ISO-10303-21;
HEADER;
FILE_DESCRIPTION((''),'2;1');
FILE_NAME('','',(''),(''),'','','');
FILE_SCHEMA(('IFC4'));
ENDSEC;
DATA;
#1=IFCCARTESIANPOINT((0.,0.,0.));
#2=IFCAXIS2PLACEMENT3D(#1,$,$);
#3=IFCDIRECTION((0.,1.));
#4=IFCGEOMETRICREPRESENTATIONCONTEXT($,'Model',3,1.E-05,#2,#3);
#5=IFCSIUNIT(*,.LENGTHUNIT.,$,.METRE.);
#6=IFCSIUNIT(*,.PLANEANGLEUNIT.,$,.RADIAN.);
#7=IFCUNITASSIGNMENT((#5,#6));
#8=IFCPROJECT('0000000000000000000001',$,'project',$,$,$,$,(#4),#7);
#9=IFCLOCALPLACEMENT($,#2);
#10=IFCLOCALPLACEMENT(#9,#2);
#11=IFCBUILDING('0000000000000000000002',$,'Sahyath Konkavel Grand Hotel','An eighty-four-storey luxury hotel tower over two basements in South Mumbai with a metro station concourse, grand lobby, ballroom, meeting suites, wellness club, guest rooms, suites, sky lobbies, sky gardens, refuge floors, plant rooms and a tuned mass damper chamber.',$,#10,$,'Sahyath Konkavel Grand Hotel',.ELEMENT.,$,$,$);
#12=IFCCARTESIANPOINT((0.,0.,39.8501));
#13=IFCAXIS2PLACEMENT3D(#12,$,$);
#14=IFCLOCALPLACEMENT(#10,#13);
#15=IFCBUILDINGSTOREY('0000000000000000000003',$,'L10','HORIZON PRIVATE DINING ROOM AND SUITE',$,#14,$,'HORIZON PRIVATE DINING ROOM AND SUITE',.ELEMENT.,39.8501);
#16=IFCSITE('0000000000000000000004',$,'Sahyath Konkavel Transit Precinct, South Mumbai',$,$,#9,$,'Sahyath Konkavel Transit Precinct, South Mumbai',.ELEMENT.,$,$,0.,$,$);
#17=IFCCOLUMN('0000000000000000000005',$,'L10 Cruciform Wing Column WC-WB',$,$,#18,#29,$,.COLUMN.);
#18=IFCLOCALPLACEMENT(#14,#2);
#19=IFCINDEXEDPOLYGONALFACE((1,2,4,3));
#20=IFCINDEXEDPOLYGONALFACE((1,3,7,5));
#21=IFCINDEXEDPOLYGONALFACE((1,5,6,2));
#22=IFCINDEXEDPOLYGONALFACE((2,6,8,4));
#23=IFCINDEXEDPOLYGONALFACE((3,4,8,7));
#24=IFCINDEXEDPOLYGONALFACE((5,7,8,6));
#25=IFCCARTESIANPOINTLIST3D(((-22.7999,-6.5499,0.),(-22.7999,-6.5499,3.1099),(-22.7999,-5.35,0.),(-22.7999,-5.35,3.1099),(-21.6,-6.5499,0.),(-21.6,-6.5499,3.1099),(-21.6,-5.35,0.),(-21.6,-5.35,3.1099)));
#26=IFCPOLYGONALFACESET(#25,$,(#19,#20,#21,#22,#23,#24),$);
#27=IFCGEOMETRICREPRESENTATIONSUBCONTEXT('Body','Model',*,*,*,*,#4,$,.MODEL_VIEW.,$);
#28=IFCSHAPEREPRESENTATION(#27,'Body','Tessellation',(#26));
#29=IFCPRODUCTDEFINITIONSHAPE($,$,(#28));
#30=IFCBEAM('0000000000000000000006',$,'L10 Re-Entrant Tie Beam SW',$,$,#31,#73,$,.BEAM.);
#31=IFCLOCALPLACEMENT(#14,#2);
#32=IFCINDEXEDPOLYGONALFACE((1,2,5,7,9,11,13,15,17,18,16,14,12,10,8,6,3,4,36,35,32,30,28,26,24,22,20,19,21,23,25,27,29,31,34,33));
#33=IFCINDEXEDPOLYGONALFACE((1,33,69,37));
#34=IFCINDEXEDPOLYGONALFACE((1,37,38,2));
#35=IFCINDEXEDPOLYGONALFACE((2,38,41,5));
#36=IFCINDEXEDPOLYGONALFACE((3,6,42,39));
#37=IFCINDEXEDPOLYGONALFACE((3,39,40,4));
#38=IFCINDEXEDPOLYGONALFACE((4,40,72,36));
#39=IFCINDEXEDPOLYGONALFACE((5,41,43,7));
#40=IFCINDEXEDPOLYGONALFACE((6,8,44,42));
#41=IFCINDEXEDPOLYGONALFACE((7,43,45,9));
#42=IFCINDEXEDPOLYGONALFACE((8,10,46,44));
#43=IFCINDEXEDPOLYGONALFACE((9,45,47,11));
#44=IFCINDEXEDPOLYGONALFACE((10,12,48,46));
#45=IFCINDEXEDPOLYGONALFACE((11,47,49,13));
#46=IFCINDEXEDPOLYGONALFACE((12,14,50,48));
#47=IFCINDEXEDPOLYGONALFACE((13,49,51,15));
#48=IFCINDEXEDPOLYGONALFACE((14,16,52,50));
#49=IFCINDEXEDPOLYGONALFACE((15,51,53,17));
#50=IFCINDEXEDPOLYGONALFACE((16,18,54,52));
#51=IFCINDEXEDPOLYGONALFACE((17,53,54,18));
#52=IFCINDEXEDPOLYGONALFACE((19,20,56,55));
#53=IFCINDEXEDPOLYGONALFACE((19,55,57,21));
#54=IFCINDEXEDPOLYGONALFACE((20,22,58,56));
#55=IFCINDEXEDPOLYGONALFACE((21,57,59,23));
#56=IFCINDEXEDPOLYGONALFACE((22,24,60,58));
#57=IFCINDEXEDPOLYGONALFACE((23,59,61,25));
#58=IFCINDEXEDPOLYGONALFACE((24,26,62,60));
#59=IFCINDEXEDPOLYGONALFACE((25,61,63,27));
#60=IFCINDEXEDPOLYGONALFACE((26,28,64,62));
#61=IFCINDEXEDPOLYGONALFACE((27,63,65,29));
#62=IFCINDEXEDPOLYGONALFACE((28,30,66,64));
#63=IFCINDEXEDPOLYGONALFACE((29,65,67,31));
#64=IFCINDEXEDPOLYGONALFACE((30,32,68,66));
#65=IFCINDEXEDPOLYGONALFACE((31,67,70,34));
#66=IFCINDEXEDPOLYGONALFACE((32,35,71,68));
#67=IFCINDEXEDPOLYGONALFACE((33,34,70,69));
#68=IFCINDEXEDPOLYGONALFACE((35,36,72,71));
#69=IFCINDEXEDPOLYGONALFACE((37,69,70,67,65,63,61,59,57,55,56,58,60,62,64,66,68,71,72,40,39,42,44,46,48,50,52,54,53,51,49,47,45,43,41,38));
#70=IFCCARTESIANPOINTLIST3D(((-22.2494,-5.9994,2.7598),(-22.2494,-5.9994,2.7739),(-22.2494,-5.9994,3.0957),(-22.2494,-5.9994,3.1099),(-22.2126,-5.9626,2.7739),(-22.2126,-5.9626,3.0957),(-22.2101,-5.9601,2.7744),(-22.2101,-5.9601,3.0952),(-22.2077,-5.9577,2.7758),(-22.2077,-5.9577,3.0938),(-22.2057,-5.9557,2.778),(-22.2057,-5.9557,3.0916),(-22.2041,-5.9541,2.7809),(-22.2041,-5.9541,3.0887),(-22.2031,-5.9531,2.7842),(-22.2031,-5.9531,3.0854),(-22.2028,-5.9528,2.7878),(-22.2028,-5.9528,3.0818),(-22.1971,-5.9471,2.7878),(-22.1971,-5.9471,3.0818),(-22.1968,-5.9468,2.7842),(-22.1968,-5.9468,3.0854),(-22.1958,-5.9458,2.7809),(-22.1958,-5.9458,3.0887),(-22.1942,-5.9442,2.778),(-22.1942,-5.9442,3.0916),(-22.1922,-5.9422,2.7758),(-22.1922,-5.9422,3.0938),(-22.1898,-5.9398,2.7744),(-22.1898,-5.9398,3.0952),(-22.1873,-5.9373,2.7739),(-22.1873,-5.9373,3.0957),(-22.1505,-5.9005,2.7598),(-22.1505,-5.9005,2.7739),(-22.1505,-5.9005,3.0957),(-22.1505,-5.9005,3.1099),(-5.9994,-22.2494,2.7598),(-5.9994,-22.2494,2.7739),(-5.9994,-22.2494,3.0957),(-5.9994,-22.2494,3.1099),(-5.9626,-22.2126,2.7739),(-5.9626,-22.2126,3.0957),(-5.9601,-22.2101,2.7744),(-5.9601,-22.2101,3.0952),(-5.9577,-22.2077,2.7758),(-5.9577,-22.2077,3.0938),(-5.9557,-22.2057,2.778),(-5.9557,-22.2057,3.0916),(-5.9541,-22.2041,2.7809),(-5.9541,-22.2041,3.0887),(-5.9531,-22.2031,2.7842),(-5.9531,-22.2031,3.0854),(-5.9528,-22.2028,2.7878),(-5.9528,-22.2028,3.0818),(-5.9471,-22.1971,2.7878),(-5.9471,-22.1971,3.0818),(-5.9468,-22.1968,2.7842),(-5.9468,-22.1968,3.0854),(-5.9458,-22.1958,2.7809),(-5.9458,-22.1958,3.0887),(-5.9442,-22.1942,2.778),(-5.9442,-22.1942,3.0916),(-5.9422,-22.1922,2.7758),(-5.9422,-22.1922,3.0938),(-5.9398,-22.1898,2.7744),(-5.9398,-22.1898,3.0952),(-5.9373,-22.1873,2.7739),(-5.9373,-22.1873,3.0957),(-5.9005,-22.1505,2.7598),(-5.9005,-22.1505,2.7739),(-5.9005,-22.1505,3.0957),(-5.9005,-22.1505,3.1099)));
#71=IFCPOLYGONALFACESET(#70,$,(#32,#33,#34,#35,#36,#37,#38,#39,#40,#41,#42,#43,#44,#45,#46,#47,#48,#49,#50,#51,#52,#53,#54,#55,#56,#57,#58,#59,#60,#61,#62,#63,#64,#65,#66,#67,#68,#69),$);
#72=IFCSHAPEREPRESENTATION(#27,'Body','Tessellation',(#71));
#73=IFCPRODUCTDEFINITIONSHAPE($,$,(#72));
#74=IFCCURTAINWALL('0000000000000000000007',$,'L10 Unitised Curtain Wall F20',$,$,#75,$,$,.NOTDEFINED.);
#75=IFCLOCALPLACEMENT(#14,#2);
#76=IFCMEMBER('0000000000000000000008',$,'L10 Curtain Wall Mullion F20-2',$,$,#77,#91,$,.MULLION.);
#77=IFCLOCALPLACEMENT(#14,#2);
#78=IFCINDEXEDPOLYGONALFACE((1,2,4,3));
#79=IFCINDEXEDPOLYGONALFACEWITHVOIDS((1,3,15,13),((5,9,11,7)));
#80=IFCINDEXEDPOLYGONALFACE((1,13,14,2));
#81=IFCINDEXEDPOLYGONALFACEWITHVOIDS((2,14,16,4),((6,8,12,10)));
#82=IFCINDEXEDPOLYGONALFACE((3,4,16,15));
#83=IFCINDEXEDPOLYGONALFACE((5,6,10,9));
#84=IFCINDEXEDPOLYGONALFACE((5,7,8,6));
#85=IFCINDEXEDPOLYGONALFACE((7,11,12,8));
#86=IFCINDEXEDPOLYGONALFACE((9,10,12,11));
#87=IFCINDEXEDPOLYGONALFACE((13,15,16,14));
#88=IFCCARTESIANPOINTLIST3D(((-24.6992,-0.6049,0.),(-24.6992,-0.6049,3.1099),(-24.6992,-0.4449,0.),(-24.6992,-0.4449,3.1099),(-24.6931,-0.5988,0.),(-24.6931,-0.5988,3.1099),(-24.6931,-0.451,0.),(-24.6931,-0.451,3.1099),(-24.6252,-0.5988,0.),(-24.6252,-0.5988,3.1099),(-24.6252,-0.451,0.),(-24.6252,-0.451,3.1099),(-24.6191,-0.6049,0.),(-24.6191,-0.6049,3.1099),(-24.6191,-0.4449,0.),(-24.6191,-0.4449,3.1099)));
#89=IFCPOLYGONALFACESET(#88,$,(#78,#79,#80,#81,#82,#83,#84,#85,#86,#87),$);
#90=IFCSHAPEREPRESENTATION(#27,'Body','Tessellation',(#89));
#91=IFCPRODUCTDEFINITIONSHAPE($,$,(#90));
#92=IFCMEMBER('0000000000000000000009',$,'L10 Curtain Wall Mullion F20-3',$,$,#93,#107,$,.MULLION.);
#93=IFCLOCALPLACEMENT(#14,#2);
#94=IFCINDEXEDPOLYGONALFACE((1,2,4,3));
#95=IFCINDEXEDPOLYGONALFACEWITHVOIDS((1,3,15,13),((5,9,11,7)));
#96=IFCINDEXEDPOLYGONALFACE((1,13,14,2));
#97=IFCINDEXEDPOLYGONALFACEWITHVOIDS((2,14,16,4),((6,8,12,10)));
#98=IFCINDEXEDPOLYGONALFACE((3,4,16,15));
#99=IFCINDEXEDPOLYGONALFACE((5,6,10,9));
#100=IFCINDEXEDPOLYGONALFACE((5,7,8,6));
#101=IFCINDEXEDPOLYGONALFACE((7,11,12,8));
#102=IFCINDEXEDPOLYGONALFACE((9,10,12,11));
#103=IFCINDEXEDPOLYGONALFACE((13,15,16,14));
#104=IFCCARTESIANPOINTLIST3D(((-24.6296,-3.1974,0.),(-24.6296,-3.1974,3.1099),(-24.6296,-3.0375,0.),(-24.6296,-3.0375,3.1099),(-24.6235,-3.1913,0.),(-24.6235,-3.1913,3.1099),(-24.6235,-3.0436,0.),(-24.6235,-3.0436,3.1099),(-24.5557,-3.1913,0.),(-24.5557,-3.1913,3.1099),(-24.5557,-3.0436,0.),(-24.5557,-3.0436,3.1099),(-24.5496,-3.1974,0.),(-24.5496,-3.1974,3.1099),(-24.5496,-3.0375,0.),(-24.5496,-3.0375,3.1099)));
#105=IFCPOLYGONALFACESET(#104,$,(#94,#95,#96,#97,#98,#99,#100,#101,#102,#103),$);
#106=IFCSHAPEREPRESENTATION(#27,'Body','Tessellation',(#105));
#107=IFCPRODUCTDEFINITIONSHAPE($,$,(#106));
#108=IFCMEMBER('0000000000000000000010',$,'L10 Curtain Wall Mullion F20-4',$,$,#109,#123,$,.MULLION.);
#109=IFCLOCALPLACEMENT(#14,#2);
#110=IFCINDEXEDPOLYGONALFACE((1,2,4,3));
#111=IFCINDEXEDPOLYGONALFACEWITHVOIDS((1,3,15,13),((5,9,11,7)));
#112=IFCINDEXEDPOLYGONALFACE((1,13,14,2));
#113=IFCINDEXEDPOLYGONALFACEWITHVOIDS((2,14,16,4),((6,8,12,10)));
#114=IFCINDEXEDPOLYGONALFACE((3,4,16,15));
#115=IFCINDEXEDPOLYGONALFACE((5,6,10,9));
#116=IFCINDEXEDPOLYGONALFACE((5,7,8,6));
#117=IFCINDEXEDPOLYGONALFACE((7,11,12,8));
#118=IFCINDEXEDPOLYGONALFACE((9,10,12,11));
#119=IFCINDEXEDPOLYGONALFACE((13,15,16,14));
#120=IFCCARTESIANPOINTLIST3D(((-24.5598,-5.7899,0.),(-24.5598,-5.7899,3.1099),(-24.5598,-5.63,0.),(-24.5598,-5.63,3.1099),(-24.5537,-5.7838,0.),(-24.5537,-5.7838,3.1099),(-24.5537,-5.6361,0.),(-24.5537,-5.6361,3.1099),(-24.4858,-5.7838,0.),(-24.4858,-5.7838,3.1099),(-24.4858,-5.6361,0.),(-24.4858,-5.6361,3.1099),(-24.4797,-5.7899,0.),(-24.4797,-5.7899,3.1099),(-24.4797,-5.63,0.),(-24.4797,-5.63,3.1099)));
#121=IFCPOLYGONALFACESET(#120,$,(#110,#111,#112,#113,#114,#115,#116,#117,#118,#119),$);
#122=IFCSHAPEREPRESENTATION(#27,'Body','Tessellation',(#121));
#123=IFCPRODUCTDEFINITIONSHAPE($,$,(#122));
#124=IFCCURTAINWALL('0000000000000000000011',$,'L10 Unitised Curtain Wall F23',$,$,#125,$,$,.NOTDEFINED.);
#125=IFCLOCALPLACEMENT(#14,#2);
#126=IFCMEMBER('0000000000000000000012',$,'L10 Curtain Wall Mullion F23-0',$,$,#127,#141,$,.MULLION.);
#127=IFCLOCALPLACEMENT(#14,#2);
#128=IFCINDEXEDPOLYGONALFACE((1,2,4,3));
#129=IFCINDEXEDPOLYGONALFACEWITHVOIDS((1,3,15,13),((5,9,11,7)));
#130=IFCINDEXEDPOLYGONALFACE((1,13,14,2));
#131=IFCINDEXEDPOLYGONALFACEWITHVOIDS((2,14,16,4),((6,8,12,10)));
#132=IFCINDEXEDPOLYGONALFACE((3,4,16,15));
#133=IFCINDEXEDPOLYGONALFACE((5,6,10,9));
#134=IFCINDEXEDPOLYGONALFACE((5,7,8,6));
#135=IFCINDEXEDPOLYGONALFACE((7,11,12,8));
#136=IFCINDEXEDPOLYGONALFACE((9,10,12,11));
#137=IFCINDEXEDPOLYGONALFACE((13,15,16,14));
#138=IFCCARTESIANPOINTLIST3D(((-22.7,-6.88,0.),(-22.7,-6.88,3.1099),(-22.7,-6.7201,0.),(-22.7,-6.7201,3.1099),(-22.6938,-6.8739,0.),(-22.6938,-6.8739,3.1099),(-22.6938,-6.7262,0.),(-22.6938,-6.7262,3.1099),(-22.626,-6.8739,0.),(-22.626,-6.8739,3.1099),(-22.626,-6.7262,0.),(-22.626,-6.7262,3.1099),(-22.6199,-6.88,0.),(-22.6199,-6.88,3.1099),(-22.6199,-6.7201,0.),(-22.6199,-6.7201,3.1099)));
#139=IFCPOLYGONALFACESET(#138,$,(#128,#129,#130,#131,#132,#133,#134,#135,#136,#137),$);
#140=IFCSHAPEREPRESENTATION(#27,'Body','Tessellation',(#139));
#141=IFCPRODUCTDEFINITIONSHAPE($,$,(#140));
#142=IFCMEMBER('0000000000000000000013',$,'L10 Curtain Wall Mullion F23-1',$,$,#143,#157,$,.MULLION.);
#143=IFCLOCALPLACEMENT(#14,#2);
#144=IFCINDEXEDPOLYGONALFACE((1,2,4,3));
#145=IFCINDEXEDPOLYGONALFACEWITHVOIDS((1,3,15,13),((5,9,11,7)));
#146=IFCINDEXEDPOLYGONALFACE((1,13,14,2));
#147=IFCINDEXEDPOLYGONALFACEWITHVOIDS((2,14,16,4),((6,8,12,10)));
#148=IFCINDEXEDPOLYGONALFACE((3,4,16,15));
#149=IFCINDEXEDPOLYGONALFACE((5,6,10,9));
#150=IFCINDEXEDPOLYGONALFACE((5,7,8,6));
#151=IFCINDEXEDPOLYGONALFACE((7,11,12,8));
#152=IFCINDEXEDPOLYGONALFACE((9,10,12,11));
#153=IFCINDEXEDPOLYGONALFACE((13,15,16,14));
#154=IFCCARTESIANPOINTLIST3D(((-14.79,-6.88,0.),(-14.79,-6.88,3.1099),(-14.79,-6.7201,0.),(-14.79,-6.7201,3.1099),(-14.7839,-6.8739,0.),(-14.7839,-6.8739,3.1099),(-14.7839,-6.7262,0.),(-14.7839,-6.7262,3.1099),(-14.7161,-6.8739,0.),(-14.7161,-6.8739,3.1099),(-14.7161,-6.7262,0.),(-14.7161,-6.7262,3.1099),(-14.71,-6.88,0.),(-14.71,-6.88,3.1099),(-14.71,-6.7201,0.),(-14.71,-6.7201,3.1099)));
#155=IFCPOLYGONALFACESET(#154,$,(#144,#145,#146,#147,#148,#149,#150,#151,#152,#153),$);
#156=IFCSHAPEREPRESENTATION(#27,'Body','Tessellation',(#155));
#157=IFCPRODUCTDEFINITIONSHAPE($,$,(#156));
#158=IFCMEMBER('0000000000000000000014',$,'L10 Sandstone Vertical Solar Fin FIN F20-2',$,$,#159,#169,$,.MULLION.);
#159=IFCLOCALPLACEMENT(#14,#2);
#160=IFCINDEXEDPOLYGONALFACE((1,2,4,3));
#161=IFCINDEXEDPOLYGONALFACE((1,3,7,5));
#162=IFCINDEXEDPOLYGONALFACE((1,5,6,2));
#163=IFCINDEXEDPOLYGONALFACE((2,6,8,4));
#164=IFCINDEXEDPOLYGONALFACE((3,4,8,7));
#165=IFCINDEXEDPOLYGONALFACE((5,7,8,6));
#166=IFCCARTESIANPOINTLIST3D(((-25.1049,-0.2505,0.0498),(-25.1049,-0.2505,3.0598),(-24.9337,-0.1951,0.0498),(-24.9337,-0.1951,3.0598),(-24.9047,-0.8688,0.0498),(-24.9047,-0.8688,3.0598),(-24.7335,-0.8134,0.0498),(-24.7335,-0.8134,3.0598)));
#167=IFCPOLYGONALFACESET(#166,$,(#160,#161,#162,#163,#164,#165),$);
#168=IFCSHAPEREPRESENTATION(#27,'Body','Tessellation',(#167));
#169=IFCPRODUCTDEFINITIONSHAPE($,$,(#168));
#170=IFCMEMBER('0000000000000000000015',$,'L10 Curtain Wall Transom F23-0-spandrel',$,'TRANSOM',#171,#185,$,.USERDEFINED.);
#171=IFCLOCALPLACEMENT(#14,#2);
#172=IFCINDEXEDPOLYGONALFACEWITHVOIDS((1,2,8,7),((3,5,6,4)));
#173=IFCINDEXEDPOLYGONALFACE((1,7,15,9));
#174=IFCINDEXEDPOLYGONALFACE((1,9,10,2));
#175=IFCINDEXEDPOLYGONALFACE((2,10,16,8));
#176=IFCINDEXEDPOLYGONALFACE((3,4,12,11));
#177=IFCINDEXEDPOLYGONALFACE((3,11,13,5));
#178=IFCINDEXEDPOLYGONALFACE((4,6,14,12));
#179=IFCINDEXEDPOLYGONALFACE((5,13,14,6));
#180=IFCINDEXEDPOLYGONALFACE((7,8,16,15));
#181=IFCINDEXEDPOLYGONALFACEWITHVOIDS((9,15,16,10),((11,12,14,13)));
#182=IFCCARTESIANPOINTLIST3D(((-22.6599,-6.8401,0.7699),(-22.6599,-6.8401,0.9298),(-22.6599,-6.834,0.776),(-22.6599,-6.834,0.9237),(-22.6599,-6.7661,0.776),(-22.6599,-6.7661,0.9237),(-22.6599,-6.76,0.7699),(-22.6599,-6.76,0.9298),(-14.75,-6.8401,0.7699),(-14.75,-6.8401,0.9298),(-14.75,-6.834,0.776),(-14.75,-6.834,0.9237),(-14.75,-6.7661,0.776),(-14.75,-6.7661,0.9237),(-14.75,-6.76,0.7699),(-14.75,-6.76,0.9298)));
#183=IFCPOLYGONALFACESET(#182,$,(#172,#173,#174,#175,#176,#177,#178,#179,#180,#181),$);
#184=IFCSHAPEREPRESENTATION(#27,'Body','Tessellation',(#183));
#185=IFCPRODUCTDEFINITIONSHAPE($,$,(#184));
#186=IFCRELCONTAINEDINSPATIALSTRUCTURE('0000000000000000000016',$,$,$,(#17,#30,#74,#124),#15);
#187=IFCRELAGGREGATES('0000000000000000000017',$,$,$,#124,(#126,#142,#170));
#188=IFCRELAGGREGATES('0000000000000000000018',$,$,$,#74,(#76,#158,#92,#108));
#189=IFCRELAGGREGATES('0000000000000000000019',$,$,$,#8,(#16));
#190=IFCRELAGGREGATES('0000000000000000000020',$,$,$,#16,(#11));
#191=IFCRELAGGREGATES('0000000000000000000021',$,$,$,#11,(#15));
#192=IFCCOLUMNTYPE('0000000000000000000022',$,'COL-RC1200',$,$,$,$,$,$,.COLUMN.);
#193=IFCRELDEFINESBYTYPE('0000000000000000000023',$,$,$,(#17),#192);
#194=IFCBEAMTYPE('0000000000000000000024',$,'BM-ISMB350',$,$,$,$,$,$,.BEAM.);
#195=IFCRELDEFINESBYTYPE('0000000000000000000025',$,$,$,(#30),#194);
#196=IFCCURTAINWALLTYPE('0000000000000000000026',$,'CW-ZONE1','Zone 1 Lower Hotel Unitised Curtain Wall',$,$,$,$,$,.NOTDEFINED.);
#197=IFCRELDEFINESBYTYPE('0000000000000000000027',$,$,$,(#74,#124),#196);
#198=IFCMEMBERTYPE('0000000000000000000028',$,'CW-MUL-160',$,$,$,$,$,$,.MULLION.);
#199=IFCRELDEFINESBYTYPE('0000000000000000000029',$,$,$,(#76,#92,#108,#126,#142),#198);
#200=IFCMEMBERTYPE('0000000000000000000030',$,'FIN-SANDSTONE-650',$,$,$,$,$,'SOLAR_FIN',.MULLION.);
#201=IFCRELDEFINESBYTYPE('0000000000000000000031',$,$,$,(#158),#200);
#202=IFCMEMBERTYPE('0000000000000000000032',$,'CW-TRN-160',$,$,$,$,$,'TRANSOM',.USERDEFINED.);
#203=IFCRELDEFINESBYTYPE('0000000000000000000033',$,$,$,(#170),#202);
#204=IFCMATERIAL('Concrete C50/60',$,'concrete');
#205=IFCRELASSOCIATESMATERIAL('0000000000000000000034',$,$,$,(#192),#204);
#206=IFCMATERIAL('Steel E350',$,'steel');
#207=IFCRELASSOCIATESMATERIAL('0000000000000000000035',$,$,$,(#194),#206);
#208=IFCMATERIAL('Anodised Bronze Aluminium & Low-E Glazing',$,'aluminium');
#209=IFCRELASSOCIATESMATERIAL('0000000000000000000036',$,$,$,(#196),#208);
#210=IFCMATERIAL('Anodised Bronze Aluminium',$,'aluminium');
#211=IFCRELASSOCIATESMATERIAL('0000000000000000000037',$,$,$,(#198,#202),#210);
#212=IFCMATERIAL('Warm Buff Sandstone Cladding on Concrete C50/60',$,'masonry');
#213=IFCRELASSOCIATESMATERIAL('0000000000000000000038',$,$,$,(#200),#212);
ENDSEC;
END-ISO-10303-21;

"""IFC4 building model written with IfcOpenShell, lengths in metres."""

from ifc_helpers import new_model, si_unit, direction, frame, origin, origin_2d, place, context, subcontext, project, spatial, rectangle, hollow_rectangle, i_section, extrude, source, transform, mapped, material, material_profile, profile_set, type_object, element, aggregate, save


model = new_model("IFC4")

# Units and contexts
model_context = context("Model", 3, precision=1e-05, world=origin(), true_north=direction((0.0, 1.0)))
body_context = subcontext(model_context, "Body", "Model", "MODEL_VIEW")
ifc_project = project(units=[si_unit("LENGTHUNIT", "METRE"), si_unit("PLANEANGLEUNIT", "RADIAN")], contexts=[model_context])

# Site, building, storey
site_placement = place(None, origin())
site = spatial("IfcSite", under=ifc_project, at=site_placement, Name="Sahyath Konkavel Transit Precinct, South Mumbai", LongName="Sahyath Konkavel Transit Precinct, South Mumbai", CompositionType="ELEMENT", RefElevation=0.0)
building_placement = place(site_placement, origin())
building = spatial("IfcBuilding", under=site, at=building_placement, Name="Sahyath Konkavel Grand Hotel", Description="An eighty-four-storey luxury hotel tower over two basements in South Mumbai with a metro station concourse, grand lobby, ballroom, meeting suites, wellness club, guest rooms, suites, sky lobbies, sky gardens, refuge floors, plant rooms and a tuned mass damper chamber.", LongName="Sahyath Konkavel Grand Hotel", CompositionType="ELEMENT")
storey_placement = place(building_placement, frame((0.0, 0.0, 39.8501)))
storey = spatial("IfcBuildingStorey", under=building, at=storey_placement, Name="L10", Description="HORIZON PRIVATE DINING ROOM AND SUITE", LongName="HORIZON PRIVATE DINING ROOM AND SUITE", CompositionType="ELEMENT", Elevation=39.8501)

# Column
ifc_material_1 = material(Name="Concrete C50/60", Category="concrete")
ifc_material_profile_1 = material_profile(ifc_material_1, rectangle(XDim=1.2, YDim=1.2, at=origin_2d()), Name="RC 1200x1200")
ifc_profile_set_1 = profile_set([ifc_material_profile_1], Name="Concrete C50/60")
column_type = type_object("IfcColumnType", Name="COL-RC1200", PredefinedType="COLUMN", material=ifc_profile_set_1)
shared_shape_1 = source(origin(), body_context, "Body", "SweptSolid", [
    extrude(rectangle(XDim=1.2, YDim=1.2, at=origin_2d()), origin(), (0.0, 0.0, 1.0), 3.1099),
])
column_placement = place(storey_placement, frame((-22.2, -5.95, 0.0), z_axis=(0.0, 0.0, 1.0), x_axis=(1.0, 0.0, 0.0)))
element("IfcColumn", 1, at=column_placement, inside=storey, type_object=column_type, Name="L10 Cruciform Wing Column WC-WB", PredefinedType="COLUMN", context=body_context, shape_type="MappedRepresentation", body=[
    mapped(shared_shape_1, transform((0.0, 0.0, 0.0), scale=1.0)),
])

# Beam
ifc_material_2 = material(Name="Steel E350", Category="steel")
ifc_material_profile_2 = material_profile(ifc_material_2, i_section(OverallWidth=0.1399, OverallDepth=0.3501, WebThickness=0.0081, FlangeThickness=0.0142, FilletRadius=0.0139, at=origin_2d()), Name="ISMB 350")
ifc_profile_set_2 = profile_set([ifc_material_profile_2], Name="Steel E350")
beam_type_1 = type_object("IfcBeamType", Name="BM-ISMB350", PredefinedType="BEAM", material=ifc_profile_set_2)
shared_shape_2 = source(origin(), body_context, "Body", "SweptSolid", [
    extrude(i_section(OverallWidth=0.1399, OverallDepth=0.3501, WebThickness=0.0081, FlangeThickness=0.0142, FilletRadius=0.0139, at=origin_2d()), origin(), (0.0, 0.0, 1.0), 22.981),
])
beam_1_placement = place(storey_placement, frame((-22.2, -5.95, 2.9348), z_axis=(0.707107, -0.707107, 0.0), x_axis=(0.707107, 0.707107, 0.0)))
element("IfcBeam", 2, at=beam_1_placement, inside=storey, type_object=beam_type_1, Name="L10 Re-Entrant Tie Beam SW", PredefinedType="BEAM", context=body_context, shape_type="MappedRepresentation", body=[
    mapped(shared_shape_2, transform((0.0, 0.0, 0.0), scale=1.0)),
])

# Curtain walls, members
ifc_material_3 = material(Name="Anodised Bronze Aluminium & Low-E Glazing", Category="aluminium")
curtain_wall_type = type_object("IfcCurtainWallType", Name="CW-ZONE1", Description="Zone 1 Lower Hotel Unitised Curtain Wall", PredefinedType="NOTDEFINED", material=ifc_material_3)
curtain_wall_1_placement = place(storey_placement, origin())
curtain_wall_1 = element("IfcCurtainWall", 3, at=curtain_wall_1_placement, inside=storey, type_object=curtain_wall_type, Name="L10 Unitised Curtain Wall F20", PredefinedType="NOTDEFINED")
ifc_material_4 = material(Name="Anodised Bronze Aluminium", Category="aluminium")
ifc_material_profile_3 = material_profile(ifc_material_4, hollow_rectangle(XDim=0.0801, YDim=0.1599, WallThickness=0.0061, at=origin_2d()), Name="RHS 160x80x6")
ifc_profile_set_3 = profile_set([ifc_material_profile_3], Name="Anodised Bronze Aluminium")
member_type_1 = type_object("IfcMemberType", Name="CW-MUL-160", PredefinedType="MULLION", material=ifc_profile_set_3)
shared_shape_3 = source(origin(), body_context, "Body", "SweptSolid", [
    extrude(hollow_rectangle(XDim=0.0801, YDim=0.1599, WallThickness=0.0061, at=origin_2d()), origin(), (0.0, 0.0, 1.0), 3.1099),
])
member_1_placement = place(storey_placement, frame((-24.6592, -0.5249, 0.0), z_axis=(0.0, 0.0, 1.0), x_axis=(1.0, 0.0, 0.0)))
member_1 = element("IfcMember", 4, at=member_1_placement, type_object=member_type_1, Name="L10 Curtain Wall Mullion F20-2", PredefinedType="MULLION", context=body_context, shape_type="MappedRepresentation", body=[
    mapped(shared_shape_3, transform((0.0, 0.0, 0.0), scale=1.0)),
])
member_2_placement = place(storey_placement, frame((-24.5896, -3.1174, 0.0), z_axis=(0.0, 0.0, 1.0), x_axis=(1.0, 0.0, 0.0)))
member_2 = element("IfcMember", 5, at=member_2_placement, type_object=member_type_1, Name="L10 Curtain Wall Mullion F20-3", PredefinedType="MULLION", context=body_context, shape_type="MappedRepresentation", body=[
    mapped(shared_shape_3, transform((0.0, 0.0, 0.0), scale=1.0)),
])
member_3_placement = place(storey_placement, frame((-24.5198, -5.71, 0.0), z_axis=(0.0, 0.0, 1.0), x_axis=(1.0, 0.0, 0.0)))
member_3 = element("IfcMember", 6, at=member_3_placement, type_object=member_type_1, Name="L10 Curtain Wall Mullion F20-4", PredefinedType="MULLION", context=body_context, shape_type="MappedRepresentation", body=[
    mapped(shared_shape_3, transform((0.0, 0.0, 0.0), scale=1.0)),
])
curtain_wall_2_placement = place(storey_placement, origin())
curtain_wall_2 = element("IfcCurtainWall", 7, at=curtain_wall_2_placement, inside=storey, type_object=curtain_wall_type, Name="L10 Unitised Curtain Wall F23", PredefinedType="NOTDEFINED")
member_4_placement = place(storey_placement, frame((-22.6599, -6.8, 0.0), z_axis=(0.0, 0.0, 1.0), x_axis=(1.0, 0.0, 0.0)))
member_4 = element("IfcMember", 8, at=member_4_placement, type_object=member_type_1, Name="L10 Curtain Wall Mullion F23-0", PredefinedType="MULLION", context=body_context, shape_type="MappedRepresentation", body=[
    mapped(shared_shape_3, transform((0.0, 0.0, 0.0), scale=1.0)),
])
member_5_placement = place(storey_placement, frame((-14.75, -6.8, 0.0), z_axis=(0.0, 0.0, 1.0), x_axis=(1.0, 0.0, 0.0)))
member_5 = element("IfcMember", 9, at=member_5_placement, type_object=member_type_1, Name="L10 Curtain Wall Mullion F23-1", PredefinedType="MULLION", context=body_context, shape_type="MappedRepresentation", body=[
    mapped(shared_shape_3, transform((0.0, 0.0, 0.0), scale=1.0)),
])

# Members
ifc_material_5 = material(Name="Warm Buff Sandstone Cladding on Concrete C50/60", Category="masonry")
ifc_material_profile_4 = material_profile(ifc_material_5, rectangle(XDim=0.1799, YDim=0.6499, at=origin_2d()), Name="FIN 180x650")
ifc_profile_set_4 = profile_set([ifc_material_profile_4], Name="Warm Buff Sandstone Cladding on Concrete C50/60")
member_type_2 = type_object("IfcMemberType", Name="FIN-SANDSTONE-650", ElementType="SOLAR_FIN", PredefinedType="MULLION", material=ifc_profile_set_4)
shared_shape_4 = source(origin(), body_context, "Body", "SweptSolid", [
    extrude(rectangle(XDim=0.1799, YDim=0.6499, at=origin_2d()), origin(), (0.0, 0.0, 1.0), 3.01),
])
member_6_placement = place(storey_placement, frame((-24.9192, -0.532, 0.0498), z_axis=(0.0, 0.0, 1.0), x_axis=(0.95138, 0.308021, 0.0)))
member_6 = element("IfcMember", 10, at=member_6_placement, type_object=member_type_2, Name="L10 Sandstone Vertical Solar Fin FIN F20-2", PredefinedType="MULLION", context=body_context, shape_type="MappedRepresentation", body=[
    mapped(shared_shape_4, transform((0.0, 0.0, 0.0), scale=1.0)),
])
ifc_material_profile_5 = material_profile(ifc_material_4, hollow_rectangle(XDim=0.0801, YDim=0.1599, WallThickness=0.0061, at=origin_2d()), Name="RHS 160x80x6")
ifc_profile_set_5 = profile_set([ifc_material_profile_5], Name="Anodised Bronze Aluminium")
member_type_3 = type_object("IfcMemberType", Name="CW-TRN-160", ElementType="TRANSOM", PredefinedType="USERDEFINED", material=ifc_profile_set_5)
shared_shape_5 = source(origin(), body_context, "Body", "SweptSolid", [
    extrude(hollow_rectangle(XDim=0.0801, YDim=0.1599, WallThickness=0.0061, at=origin_2d()), origin(), (0.0, 0.0, 1.0), 7.9099),
])
member_7_placement = place(storey_placement, frame((-22.6599, -6.8, 0.8499), z_axis=(1.0, 0.0, 0.0), x_axis=(0.0, 1.0, 0.0)))
member_7 = element("IfcMember", 11, at=member_7_placement, type_object=member_type_3, Name="L10 Curtain Wall Transom F23-0-spandrel", ObjectType="TRANSOM", PredefinedType="USERDEFINED", context=body_context, shape_type="MappedRepresentation", body=[
    mapped(shared_shape_5, transform((0.0, 0.0, 0.0), scale=1.0)),
])

aggregate(curtain_wall_2, [member_4, member_5, member_7])
aggregate(curtain_wall_1, [member_1, member_6, member_2, member_3])

save(model, "model.ifc")
